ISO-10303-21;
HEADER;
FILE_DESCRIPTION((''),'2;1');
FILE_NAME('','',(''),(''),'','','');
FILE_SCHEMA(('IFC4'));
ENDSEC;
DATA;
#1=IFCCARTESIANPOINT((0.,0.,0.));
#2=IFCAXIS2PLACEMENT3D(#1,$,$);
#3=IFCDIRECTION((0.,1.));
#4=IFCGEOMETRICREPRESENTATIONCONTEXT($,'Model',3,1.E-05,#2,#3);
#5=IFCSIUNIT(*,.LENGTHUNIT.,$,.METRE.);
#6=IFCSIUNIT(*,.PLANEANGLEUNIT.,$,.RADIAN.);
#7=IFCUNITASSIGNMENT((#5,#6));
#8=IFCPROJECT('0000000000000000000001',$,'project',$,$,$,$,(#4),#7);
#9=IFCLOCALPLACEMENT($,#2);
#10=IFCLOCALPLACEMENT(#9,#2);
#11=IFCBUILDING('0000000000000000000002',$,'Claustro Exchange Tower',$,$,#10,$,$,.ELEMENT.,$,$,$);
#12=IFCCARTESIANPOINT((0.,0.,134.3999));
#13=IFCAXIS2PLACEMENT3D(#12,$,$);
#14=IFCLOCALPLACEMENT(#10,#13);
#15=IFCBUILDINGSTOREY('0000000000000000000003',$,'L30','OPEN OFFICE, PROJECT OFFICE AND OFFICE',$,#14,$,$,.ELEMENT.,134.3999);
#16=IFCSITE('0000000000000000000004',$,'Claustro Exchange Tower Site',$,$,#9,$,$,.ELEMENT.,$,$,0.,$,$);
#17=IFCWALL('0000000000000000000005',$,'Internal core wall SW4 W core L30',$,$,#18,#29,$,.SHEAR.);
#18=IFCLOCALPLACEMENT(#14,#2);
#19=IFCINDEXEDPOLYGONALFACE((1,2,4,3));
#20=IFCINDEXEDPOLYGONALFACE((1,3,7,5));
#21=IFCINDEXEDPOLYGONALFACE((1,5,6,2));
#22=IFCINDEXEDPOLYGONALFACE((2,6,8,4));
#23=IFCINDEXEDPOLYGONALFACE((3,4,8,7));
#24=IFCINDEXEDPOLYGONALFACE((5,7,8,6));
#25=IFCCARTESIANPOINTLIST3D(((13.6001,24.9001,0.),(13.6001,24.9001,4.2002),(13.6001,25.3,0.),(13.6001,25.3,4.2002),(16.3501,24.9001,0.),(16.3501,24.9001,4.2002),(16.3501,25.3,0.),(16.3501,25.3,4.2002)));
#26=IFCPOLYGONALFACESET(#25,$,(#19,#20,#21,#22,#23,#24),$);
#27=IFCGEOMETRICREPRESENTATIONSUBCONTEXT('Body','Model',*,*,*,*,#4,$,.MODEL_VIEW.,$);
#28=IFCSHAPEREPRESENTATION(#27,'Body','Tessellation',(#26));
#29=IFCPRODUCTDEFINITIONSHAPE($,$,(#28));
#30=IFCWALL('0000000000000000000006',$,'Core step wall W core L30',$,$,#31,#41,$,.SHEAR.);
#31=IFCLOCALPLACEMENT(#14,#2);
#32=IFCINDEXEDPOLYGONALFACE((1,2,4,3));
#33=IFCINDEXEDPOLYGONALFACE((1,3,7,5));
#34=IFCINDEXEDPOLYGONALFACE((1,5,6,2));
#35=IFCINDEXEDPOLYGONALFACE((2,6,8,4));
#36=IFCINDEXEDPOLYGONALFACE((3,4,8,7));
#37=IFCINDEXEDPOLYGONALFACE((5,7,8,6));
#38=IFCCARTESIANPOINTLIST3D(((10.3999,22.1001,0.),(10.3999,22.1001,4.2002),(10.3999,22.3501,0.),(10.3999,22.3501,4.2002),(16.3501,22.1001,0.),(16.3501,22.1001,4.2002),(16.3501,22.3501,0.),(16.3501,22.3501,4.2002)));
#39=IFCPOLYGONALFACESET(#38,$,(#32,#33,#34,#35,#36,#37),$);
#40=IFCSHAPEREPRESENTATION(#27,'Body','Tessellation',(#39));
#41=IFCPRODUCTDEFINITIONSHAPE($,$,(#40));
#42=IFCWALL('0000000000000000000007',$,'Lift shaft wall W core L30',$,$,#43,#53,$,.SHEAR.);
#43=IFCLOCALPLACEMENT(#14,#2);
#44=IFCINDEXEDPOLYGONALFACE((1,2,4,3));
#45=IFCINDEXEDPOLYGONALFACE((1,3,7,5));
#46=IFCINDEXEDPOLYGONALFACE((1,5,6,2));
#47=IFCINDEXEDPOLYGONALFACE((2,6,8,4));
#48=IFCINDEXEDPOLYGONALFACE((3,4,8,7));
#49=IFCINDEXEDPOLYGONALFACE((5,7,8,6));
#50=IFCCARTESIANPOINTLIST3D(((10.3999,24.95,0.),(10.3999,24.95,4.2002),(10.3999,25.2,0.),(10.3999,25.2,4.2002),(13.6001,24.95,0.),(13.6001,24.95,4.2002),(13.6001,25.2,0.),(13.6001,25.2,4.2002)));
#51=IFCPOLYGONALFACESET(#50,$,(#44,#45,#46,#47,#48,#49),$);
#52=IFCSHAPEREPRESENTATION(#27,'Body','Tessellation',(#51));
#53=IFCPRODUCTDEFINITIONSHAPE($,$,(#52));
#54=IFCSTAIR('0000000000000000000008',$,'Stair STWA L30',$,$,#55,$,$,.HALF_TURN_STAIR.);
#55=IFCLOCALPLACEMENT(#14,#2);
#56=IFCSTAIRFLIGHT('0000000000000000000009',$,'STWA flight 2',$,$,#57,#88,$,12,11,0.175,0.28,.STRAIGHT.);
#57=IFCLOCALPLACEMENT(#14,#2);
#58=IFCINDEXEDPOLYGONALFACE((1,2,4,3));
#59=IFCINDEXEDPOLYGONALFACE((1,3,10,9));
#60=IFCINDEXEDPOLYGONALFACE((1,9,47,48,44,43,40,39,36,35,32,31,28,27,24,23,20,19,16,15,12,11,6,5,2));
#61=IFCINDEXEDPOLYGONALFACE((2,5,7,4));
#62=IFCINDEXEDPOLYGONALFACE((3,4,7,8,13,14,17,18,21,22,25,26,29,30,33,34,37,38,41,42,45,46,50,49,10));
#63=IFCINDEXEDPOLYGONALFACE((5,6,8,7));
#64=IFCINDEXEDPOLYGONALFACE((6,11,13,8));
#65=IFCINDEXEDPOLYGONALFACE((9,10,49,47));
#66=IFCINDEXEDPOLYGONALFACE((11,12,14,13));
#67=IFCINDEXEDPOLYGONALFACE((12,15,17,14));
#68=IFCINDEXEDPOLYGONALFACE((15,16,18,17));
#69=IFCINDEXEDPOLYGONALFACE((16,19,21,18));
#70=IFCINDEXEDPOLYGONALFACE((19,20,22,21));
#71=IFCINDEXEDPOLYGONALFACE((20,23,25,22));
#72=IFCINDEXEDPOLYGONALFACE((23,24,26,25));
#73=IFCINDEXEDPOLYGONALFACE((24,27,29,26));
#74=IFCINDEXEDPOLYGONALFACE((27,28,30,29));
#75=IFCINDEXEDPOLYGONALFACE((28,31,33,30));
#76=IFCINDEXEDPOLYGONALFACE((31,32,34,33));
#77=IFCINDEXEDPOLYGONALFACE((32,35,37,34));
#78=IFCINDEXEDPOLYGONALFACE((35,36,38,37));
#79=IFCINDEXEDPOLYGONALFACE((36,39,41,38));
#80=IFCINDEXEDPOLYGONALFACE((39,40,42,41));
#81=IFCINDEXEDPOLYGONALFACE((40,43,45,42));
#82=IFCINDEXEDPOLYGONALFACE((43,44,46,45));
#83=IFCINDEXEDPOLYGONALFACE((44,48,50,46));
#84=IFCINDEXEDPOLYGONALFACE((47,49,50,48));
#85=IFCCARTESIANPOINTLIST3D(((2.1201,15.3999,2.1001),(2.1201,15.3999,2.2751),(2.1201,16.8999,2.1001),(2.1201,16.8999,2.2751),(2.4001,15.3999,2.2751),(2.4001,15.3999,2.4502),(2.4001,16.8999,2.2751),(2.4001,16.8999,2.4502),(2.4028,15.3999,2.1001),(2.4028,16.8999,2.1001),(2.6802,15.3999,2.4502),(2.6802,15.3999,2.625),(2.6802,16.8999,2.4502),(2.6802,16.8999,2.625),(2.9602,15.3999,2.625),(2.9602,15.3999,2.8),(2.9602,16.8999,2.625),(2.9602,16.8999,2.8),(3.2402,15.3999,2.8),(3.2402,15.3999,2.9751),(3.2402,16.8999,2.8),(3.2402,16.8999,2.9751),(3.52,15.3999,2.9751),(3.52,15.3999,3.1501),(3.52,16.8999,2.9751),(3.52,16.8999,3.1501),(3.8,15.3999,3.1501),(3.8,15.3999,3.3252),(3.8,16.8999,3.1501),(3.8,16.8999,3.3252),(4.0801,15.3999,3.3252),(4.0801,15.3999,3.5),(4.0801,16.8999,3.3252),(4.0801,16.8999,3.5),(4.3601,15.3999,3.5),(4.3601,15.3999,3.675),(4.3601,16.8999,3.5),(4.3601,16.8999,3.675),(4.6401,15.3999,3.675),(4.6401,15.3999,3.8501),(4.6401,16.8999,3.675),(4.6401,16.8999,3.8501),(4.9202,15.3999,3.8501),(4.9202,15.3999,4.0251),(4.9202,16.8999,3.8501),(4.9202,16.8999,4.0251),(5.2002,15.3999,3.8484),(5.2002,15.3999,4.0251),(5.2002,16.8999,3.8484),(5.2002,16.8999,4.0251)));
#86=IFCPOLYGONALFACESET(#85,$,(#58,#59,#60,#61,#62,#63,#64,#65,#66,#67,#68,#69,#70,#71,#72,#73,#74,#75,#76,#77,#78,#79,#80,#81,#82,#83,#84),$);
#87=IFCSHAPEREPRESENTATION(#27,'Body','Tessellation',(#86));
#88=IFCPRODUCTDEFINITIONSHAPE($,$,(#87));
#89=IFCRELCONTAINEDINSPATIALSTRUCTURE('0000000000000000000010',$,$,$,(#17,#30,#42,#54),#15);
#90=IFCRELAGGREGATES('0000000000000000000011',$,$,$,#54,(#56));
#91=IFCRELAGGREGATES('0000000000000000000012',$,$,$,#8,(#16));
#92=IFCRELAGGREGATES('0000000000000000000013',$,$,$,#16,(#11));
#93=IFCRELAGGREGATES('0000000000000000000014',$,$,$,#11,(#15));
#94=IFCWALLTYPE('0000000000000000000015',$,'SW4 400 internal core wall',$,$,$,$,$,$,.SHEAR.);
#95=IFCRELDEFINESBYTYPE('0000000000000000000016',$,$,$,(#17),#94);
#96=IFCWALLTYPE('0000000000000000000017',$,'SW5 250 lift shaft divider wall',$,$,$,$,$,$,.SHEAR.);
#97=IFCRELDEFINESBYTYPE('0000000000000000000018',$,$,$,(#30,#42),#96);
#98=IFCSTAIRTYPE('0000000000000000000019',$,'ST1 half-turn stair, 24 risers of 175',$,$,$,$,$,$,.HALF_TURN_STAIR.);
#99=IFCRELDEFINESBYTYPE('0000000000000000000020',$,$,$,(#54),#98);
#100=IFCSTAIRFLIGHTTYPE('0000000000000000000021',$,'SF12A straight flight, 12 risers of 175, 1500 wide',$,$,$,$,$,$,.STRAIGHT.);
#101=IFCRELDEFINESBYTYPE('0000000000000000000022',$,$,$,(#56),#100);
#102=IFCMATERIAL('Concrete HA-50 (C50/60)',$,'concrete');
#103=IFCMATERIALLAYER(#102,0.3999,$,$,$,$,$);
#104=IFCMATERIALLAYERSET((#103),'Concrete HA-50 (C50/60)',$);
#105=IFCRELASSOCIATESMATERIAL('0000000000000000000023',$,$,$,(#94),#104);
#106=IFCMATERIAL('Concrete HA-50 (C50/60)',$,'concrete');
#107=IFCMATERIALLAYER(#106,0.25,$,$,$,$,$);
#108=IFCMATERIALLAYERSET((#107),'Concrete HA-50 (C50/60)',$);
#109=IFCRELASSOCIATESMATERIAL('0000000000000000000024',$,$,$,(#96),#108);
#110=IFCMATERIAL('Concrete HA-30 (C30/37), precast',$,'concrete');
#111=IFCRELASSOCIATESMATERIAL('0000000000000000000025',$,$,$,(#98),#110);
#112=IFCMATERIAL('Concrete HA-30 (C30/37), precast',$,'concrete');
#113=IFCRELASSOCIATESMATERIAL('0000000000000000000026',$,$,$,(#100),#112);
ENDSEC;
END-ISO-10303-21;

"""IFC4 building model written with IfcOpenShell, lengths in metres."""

from ifc_helpers import new_model, si_unit, direction, frame, frame_2d, origin, place, context, subcontext, project, spatial, polyline, rectangle, outline, extrude, material, layer, layer_set, type_object, element, aggregate, save


model = new_model("IFC4")

# Units and contexts
model_context = context("Model", 3, precision=1e-05, world=origin(), true_north=direction((0.0, 1.0)))
body_context = subcontext(model_context, "Body", "Model", "MODEL_VIEW")
ifc_project = project(units=[si_unit("LENGTHUNIT", "METRE"), si_unit("PLANEANGLEUNIT", "RADIAN")], contexts=[model_context])

# Site, building, storey
site_placement = place(None, origin())
site = spatial("IfcSite", under=ifc_project, at=site_placement, Name="Claustro Exchange Tower Site", CompositionType="ELEMENT", RefElevation=0.0)
building_placement = place(site_placement, origin())
building = spatial("IfcBuilding", under=site, at=building_placement, Name="Claustro Exchange Tower", CompositionType="ELEMENT")
storey_placement = place(building_placement, frame((0.0, 0.0, 134.3999)))
storey = spatial("IfcBuildingStorey", under=building, at=storey_placement, Name="L30", Description="OPEN OFFICE, PROJECT OFFICE AND OFFICE", CompositionType="ELEMENT", Elevation=134.3999)

# Walls
ifc_material_1 = material(Name="Concrete HA-50 (C50/60)", Category="concrete")
ifc_layer_1 = layer(ifc_material_1, 0.3999)
ifc_layer_set_1 = layer_set([ifc_layer_1], Name="Concrete HA-50 (C50/60)")
wall_type_1 = type_object("IfcWallType", Name="SW4 400 internal core wall", PredefinedType="SHEAR", material=ifc_layer_set_1)
wall_1_placement = place(storey_placement, frame((13.6001, 25.1001, 0.0), z_axis=(0.0, 0.0, 1.0), x_axis=(1.0, 0.0, 0.0)))
element("IfcWall", 1, at=wall_1_placement, inside=storey, type_object=wall_type_1, Name="Internal core wall SW4 W core L30", PredefinedType="SHEAR", context=body_context, shape_type="SweptSolid", body=[
    extrude(rectangle(XDim=2.75, YDim=0.3999, at=frame_2d((1.375, 0.0))), origin(), (0.0, 0.0, 1.0), 4.2002),
])
ifc_material_2 = material(Name="Concrete HA-50 (C50/60)", Category="concrete")
ifc_layer_2 = layer(ifc_material_2, 0.25)
ifc_layer_set_2 = layer_set([ifc_layer_2], Name="Concrete HA-50 (C50/60)")
wall_type_2 = type_object("IfcWallType", Name="SW5 250 lift shaft divider wall", PredefinedType="SHEAR", material=ifc_layer_set_2)
wall_2_placement = place(storey_placement, frame((10.3999, 22.2251, 0.0), z_axis=(0.0, 0.0, 1.0), x_axis=(1.0, 0.0, 0.0)))
element("IfcWall", 2, at=wall_2_placement, inside=storey, type_object=wall_type_2, Name="Core step wall W core L30", PredefinedType="SHEAR", context=body_context, shape_type="SweptSolid", body=[
    extrude(rectangle(XDim=5.9502, YDim=0.25, at=frame_2d((2.9751, 0.0))), origin(), (0.0, 0.0, 1.0), 4.2002),
])
wall_3_placement = place(storey_placement, frame((10.3999, 25.075, 0.0), z_axis=(0.0, 0.0, 1.0), x_axis=(1.0, 0.0, 0.0)))
element("IfcWall", 3, at=wall_3_placement, inside=storey, type_object=wall_type_2, Name="Lift shaft wall W core L30", PredefinedType="SHEAR", context=body_context, shape_type="SweptSolid", body=[
    extrude(rectangle(XDim=3.2002, YDim=0.25, at=frame_2d((1.6001, 0.0))), origin(), (0.0, 0.0, 1.0), 4.2002),
])

# Stair, stair flight
ifc_material_3 = material(Name="Concrete HA-30 (C30/37), precast", Category="concrete")
stair_type = type_object("IfcStairType", Name="ST1 half-turn stair, 24 risers of 175", PredefinedType="HALF_TURN_STAIR", material=ifc_material_3)
stair_placement = place(storey_placement, origin())
stair = element("IfcStair", 4, at=stair_placement, inside=storey, type_object=stair_type, Name="Stair STWA L30", PredefinedType="HALF_TURN_STAIR")
ifc_material_4 = material(Name="Concrete HA-30 (C30/37), precast", Category="concrete")
stair_flight_type = type_object("IfcStairFlightType", Name="SF12A straight flight, 12 risers of 175, 1500 wide", PredefinedType="STRAIGHT", material=ifc_material_4)
stair_flight_placement = place(storey_placement, frame((2.1201, 16.1499, 2.1001), z_axis=(0.0, 0.0, 1.0), x_axis=(1.0, 0.0, 0.0)))
stair_flight = element("IfcStairFlight", 5, at=stair_flight_placement, type_object=stair_flight_type, Name="STWA flight 2", NumberOfRisers=12, NumberOfTreads=11, PredefinedType="STRAIGHT", RiserHeight=0.175, TreadLength=0.28, context=body_context, shape_type="SweptSolid", body=[
    extrude(outline(polyline([(0.0, 0.0), (0.0, 0.175), (0.28, 0.175), (0.28, 0.3501), (0.5601, 0.3501), (0.5601, 0.5249), (0.8401, 0.5249), (0.8401, 0.7), (1.1201, 0.7), (1.1201, 0.875), (1.3999, 0.875), (1.3999, 1.05), (1.6799, 1.05), (1.6799, 1.2251), (1.96, 1.2251), (1.96, 1.3999), (2.24, 1.3999), (2.24, 1.575), (2.52, 1.575), (2.52, 1.75), (2.8, 1.75), (2.8, 1.925), (3.0801, 1.925), (3.0801, 2.1001), (3.0801, 1.7483), (0.2827, 0.0), (0.0, 0.0)])), frame((0.0, 0.75, 0.0), z_axis=(0.0, -1.0, 0.0), x_axis=(1.0, 0.0, 0.0)), (0.0, 0.0, 1.0), 1.5),
])
aggregate(stair, [stair_flight])

save(model, "model.ifc")
